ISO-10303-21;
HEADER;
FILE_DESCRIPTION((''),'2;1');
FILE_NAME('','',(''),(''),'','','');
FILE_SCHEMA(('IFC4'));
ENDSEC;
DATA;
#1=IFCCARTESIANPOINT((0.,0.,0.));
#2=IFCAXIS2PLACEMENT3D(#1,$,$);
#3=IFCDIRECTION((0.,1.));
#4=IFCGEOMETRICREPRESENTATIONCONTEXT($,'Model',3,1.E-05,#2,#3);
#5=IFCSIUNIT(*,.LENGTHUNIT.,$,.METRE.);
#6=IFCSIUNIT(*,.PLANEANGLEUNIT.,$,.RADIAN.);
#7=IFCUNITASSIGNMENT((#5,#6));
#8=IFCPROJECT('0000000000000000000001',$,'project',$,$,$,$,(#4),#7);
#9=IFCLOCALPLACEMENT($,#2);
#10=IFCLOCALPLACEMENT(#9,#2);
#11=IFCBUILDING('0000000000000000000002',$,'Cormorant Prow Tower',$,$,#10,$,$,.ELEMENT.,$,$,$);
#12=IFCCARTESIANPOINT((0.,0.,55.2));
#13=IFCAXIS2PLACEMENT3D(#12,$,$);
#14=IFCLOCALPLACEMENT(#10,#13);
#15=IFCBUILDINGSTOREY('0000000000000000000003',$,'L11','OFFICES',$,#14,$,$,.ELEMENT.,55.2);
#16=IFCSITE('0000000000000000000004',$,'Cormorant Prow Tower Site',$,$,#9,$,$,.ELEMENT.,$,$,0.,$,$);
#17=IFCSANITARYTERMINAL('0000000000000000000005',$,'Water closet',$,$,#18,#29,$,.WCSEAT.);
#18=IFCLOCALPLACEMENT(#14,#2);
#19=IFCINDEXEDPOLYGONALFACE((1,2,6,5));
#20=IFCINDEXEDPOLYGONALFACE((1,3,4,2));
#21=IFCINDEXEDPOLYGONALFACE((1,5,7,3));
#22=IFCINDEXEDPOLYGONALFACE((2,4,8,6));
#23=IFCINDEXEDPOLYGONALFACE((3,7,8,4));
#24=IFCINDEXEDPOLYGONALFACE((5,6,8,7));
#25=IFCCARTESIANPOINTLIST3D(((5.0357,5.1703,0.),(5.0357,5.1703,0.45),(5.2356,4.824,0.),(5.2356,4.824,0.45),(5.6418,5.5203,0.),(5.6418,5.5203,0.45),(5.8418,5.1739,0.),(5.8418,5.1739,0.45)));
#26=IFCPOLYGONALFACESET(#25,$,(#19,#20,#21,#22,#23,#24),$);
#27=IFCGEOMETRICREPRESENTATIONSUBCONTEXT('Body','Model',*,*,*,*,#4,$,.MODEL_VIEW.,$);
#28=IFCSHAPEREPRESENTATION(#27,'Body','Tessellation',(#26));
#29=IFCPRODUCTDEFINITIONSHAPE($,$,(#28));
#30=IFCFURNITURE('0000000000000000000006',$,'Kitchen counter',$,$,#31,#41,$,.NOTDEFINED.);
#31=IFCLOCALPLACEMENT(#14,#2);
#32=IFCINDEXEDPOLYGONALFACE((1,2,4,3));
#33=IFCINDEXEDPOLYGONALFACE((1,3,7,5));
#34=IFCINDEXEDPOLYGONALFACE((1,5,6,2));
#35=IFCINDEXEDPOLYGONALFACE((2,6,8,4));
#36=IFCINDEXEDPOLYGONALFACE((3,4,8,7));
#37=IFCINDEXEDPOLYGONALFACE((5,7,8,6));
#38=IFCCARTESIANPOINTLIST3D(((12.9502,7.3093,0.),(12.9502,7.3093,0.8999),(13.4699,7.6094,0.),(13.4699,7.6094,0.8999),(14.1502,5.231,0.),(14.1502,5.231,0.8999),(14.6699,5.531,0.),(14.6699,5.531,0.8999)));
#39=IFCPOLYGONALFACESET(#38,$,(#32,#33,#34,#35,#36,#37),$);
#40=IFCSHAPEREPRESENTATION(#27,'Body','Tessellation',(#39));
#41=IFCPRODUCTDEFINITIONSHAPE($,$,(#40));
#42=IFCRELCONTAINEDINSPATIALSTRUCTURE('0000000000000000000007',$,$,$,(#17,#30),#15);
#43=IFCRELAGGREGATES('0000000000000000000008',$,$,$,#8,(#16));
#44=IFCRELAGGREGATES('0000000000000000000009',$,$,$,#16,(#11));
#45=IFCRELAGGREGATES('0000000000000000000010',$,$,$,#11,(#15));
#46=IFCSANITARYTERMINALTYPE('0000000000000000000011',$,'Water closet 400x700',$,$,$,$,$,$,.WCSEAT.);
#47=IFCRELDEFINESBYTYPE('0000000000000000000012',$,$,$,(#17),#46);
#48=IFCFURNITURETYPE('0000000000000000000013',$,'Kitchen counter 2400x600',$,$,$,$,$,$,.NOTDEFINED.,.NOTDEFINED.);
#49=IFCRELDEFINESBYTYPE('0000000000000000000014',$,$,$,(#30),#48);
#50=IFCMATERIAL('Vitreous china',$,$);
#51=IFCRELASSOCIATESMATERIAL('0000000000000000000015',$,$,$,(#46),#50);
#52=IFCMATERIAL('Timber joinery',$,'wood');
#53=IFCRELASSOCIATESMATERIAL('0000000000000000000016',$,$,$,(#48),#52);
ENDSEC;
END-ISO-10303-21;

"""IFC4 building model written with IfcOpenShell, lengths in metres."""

from ifc_helpers import new_model, si_unit, direction, frame, origin, origin_2d, place, context, subcontext, project, spatial, rectangle, extrude, material, type_object, element, save


model = new_model("IFC4")

# Units and contexts
model_context = context("Model", 3, precision=1e-05, world=origin(), true_north=direction((0.0, 1.0)))
body_context = subcontext(model_context, "Body", "Model", "MODEL_VIEW")
ifc_project = project(units=[si_unit("LENGTHUNIT", "METRE"), si_unit("PLANEANGLEUNIT", "RADIAN")], contexts=[model_context])

# Site, building, storey
site_placement = place(None, origin())
site = spatial("IfcSite", under=ifc_project, at=site_placement, Name="Cormorant Prow Tower Site", CompositionType="ELEMENT", RefElevation=0.0)
building_placement = place(site_placement, origin())
building = spatial("IfcBuilding", under=site, at=building_placement, Name="Cormorant Prow Tower", CompositionType="ELEMENT")
storey_placement = place(building_placement, frame((0.0, 0.0, 55.2)))
storey = spatial("IfcBuildingStorey", under=building, at=storey_placement, Name="L11", Description="OFFICES", CompositionType="ELEMENT", Elevation=55.2)

# Sanitary terminal
ifc_material_1 = material(Name="Vitreous china")
sanitary_terminal_type_1 = type_object("IfcSanitaryTerminalType", Name="Water closet 400x700", PredefinedType="WCSEAT", material=ifc_material_1)
for number, where, z_axis, x_axis, name in (
    (1, (5.4387, 5.1721, 0.0), (0.0, 0.0, 1.0), (0.5, -0.866025, 0.0), "Water closet"),
):
    element("IfcSanitaryTerminal", number, at=place(storey_placement, frame(where, z_axis=z_axis, x_axis=x_axis)), inside=storey, type_object=sanitary_terminal_type_1, Name=name, PredefinedType="WCSEAT", context=body_context, shape_type="SweptSolid", body=[
        extrude(rectangle(XDim=0.3999, YDim=0.7, at=origin_2d()), origin(), (0.0, 0.0, 1.0), 0.45),
    ])

# Furniture
ifc_material_2 = material(Name="Timber joinery", Category="wood")
furniture_type = type_object("IfcFurnitureType", Name="Kitchen counter 2400x600", AssemblyPlace="NOTDEFINED", PredefinedType="NOTDEFINED", material=ifc_material_2)
furniture_placement = place(storey_placement, frame((13.8101, 6.4202, 0.0), z_axis=(0.0, 0.0, 1.0), x_axis=(0.5, -0.866025, 0.0)))
element("IfcFurniture", 2, at=furniture_placement, inside=storey, type_object=furniture_type, Name="Kitchen counter", PredefinedType="NOTDEFINED", context=body_context, shape_type="SweptSolid", body=[
    extrude(rectangle(XDim=2.3999, YDim=0.6001, at=origin_2d()), origin(), (0.0, 0.0, 1.0), 0.8999),
])

save(model, "model.ifc")
